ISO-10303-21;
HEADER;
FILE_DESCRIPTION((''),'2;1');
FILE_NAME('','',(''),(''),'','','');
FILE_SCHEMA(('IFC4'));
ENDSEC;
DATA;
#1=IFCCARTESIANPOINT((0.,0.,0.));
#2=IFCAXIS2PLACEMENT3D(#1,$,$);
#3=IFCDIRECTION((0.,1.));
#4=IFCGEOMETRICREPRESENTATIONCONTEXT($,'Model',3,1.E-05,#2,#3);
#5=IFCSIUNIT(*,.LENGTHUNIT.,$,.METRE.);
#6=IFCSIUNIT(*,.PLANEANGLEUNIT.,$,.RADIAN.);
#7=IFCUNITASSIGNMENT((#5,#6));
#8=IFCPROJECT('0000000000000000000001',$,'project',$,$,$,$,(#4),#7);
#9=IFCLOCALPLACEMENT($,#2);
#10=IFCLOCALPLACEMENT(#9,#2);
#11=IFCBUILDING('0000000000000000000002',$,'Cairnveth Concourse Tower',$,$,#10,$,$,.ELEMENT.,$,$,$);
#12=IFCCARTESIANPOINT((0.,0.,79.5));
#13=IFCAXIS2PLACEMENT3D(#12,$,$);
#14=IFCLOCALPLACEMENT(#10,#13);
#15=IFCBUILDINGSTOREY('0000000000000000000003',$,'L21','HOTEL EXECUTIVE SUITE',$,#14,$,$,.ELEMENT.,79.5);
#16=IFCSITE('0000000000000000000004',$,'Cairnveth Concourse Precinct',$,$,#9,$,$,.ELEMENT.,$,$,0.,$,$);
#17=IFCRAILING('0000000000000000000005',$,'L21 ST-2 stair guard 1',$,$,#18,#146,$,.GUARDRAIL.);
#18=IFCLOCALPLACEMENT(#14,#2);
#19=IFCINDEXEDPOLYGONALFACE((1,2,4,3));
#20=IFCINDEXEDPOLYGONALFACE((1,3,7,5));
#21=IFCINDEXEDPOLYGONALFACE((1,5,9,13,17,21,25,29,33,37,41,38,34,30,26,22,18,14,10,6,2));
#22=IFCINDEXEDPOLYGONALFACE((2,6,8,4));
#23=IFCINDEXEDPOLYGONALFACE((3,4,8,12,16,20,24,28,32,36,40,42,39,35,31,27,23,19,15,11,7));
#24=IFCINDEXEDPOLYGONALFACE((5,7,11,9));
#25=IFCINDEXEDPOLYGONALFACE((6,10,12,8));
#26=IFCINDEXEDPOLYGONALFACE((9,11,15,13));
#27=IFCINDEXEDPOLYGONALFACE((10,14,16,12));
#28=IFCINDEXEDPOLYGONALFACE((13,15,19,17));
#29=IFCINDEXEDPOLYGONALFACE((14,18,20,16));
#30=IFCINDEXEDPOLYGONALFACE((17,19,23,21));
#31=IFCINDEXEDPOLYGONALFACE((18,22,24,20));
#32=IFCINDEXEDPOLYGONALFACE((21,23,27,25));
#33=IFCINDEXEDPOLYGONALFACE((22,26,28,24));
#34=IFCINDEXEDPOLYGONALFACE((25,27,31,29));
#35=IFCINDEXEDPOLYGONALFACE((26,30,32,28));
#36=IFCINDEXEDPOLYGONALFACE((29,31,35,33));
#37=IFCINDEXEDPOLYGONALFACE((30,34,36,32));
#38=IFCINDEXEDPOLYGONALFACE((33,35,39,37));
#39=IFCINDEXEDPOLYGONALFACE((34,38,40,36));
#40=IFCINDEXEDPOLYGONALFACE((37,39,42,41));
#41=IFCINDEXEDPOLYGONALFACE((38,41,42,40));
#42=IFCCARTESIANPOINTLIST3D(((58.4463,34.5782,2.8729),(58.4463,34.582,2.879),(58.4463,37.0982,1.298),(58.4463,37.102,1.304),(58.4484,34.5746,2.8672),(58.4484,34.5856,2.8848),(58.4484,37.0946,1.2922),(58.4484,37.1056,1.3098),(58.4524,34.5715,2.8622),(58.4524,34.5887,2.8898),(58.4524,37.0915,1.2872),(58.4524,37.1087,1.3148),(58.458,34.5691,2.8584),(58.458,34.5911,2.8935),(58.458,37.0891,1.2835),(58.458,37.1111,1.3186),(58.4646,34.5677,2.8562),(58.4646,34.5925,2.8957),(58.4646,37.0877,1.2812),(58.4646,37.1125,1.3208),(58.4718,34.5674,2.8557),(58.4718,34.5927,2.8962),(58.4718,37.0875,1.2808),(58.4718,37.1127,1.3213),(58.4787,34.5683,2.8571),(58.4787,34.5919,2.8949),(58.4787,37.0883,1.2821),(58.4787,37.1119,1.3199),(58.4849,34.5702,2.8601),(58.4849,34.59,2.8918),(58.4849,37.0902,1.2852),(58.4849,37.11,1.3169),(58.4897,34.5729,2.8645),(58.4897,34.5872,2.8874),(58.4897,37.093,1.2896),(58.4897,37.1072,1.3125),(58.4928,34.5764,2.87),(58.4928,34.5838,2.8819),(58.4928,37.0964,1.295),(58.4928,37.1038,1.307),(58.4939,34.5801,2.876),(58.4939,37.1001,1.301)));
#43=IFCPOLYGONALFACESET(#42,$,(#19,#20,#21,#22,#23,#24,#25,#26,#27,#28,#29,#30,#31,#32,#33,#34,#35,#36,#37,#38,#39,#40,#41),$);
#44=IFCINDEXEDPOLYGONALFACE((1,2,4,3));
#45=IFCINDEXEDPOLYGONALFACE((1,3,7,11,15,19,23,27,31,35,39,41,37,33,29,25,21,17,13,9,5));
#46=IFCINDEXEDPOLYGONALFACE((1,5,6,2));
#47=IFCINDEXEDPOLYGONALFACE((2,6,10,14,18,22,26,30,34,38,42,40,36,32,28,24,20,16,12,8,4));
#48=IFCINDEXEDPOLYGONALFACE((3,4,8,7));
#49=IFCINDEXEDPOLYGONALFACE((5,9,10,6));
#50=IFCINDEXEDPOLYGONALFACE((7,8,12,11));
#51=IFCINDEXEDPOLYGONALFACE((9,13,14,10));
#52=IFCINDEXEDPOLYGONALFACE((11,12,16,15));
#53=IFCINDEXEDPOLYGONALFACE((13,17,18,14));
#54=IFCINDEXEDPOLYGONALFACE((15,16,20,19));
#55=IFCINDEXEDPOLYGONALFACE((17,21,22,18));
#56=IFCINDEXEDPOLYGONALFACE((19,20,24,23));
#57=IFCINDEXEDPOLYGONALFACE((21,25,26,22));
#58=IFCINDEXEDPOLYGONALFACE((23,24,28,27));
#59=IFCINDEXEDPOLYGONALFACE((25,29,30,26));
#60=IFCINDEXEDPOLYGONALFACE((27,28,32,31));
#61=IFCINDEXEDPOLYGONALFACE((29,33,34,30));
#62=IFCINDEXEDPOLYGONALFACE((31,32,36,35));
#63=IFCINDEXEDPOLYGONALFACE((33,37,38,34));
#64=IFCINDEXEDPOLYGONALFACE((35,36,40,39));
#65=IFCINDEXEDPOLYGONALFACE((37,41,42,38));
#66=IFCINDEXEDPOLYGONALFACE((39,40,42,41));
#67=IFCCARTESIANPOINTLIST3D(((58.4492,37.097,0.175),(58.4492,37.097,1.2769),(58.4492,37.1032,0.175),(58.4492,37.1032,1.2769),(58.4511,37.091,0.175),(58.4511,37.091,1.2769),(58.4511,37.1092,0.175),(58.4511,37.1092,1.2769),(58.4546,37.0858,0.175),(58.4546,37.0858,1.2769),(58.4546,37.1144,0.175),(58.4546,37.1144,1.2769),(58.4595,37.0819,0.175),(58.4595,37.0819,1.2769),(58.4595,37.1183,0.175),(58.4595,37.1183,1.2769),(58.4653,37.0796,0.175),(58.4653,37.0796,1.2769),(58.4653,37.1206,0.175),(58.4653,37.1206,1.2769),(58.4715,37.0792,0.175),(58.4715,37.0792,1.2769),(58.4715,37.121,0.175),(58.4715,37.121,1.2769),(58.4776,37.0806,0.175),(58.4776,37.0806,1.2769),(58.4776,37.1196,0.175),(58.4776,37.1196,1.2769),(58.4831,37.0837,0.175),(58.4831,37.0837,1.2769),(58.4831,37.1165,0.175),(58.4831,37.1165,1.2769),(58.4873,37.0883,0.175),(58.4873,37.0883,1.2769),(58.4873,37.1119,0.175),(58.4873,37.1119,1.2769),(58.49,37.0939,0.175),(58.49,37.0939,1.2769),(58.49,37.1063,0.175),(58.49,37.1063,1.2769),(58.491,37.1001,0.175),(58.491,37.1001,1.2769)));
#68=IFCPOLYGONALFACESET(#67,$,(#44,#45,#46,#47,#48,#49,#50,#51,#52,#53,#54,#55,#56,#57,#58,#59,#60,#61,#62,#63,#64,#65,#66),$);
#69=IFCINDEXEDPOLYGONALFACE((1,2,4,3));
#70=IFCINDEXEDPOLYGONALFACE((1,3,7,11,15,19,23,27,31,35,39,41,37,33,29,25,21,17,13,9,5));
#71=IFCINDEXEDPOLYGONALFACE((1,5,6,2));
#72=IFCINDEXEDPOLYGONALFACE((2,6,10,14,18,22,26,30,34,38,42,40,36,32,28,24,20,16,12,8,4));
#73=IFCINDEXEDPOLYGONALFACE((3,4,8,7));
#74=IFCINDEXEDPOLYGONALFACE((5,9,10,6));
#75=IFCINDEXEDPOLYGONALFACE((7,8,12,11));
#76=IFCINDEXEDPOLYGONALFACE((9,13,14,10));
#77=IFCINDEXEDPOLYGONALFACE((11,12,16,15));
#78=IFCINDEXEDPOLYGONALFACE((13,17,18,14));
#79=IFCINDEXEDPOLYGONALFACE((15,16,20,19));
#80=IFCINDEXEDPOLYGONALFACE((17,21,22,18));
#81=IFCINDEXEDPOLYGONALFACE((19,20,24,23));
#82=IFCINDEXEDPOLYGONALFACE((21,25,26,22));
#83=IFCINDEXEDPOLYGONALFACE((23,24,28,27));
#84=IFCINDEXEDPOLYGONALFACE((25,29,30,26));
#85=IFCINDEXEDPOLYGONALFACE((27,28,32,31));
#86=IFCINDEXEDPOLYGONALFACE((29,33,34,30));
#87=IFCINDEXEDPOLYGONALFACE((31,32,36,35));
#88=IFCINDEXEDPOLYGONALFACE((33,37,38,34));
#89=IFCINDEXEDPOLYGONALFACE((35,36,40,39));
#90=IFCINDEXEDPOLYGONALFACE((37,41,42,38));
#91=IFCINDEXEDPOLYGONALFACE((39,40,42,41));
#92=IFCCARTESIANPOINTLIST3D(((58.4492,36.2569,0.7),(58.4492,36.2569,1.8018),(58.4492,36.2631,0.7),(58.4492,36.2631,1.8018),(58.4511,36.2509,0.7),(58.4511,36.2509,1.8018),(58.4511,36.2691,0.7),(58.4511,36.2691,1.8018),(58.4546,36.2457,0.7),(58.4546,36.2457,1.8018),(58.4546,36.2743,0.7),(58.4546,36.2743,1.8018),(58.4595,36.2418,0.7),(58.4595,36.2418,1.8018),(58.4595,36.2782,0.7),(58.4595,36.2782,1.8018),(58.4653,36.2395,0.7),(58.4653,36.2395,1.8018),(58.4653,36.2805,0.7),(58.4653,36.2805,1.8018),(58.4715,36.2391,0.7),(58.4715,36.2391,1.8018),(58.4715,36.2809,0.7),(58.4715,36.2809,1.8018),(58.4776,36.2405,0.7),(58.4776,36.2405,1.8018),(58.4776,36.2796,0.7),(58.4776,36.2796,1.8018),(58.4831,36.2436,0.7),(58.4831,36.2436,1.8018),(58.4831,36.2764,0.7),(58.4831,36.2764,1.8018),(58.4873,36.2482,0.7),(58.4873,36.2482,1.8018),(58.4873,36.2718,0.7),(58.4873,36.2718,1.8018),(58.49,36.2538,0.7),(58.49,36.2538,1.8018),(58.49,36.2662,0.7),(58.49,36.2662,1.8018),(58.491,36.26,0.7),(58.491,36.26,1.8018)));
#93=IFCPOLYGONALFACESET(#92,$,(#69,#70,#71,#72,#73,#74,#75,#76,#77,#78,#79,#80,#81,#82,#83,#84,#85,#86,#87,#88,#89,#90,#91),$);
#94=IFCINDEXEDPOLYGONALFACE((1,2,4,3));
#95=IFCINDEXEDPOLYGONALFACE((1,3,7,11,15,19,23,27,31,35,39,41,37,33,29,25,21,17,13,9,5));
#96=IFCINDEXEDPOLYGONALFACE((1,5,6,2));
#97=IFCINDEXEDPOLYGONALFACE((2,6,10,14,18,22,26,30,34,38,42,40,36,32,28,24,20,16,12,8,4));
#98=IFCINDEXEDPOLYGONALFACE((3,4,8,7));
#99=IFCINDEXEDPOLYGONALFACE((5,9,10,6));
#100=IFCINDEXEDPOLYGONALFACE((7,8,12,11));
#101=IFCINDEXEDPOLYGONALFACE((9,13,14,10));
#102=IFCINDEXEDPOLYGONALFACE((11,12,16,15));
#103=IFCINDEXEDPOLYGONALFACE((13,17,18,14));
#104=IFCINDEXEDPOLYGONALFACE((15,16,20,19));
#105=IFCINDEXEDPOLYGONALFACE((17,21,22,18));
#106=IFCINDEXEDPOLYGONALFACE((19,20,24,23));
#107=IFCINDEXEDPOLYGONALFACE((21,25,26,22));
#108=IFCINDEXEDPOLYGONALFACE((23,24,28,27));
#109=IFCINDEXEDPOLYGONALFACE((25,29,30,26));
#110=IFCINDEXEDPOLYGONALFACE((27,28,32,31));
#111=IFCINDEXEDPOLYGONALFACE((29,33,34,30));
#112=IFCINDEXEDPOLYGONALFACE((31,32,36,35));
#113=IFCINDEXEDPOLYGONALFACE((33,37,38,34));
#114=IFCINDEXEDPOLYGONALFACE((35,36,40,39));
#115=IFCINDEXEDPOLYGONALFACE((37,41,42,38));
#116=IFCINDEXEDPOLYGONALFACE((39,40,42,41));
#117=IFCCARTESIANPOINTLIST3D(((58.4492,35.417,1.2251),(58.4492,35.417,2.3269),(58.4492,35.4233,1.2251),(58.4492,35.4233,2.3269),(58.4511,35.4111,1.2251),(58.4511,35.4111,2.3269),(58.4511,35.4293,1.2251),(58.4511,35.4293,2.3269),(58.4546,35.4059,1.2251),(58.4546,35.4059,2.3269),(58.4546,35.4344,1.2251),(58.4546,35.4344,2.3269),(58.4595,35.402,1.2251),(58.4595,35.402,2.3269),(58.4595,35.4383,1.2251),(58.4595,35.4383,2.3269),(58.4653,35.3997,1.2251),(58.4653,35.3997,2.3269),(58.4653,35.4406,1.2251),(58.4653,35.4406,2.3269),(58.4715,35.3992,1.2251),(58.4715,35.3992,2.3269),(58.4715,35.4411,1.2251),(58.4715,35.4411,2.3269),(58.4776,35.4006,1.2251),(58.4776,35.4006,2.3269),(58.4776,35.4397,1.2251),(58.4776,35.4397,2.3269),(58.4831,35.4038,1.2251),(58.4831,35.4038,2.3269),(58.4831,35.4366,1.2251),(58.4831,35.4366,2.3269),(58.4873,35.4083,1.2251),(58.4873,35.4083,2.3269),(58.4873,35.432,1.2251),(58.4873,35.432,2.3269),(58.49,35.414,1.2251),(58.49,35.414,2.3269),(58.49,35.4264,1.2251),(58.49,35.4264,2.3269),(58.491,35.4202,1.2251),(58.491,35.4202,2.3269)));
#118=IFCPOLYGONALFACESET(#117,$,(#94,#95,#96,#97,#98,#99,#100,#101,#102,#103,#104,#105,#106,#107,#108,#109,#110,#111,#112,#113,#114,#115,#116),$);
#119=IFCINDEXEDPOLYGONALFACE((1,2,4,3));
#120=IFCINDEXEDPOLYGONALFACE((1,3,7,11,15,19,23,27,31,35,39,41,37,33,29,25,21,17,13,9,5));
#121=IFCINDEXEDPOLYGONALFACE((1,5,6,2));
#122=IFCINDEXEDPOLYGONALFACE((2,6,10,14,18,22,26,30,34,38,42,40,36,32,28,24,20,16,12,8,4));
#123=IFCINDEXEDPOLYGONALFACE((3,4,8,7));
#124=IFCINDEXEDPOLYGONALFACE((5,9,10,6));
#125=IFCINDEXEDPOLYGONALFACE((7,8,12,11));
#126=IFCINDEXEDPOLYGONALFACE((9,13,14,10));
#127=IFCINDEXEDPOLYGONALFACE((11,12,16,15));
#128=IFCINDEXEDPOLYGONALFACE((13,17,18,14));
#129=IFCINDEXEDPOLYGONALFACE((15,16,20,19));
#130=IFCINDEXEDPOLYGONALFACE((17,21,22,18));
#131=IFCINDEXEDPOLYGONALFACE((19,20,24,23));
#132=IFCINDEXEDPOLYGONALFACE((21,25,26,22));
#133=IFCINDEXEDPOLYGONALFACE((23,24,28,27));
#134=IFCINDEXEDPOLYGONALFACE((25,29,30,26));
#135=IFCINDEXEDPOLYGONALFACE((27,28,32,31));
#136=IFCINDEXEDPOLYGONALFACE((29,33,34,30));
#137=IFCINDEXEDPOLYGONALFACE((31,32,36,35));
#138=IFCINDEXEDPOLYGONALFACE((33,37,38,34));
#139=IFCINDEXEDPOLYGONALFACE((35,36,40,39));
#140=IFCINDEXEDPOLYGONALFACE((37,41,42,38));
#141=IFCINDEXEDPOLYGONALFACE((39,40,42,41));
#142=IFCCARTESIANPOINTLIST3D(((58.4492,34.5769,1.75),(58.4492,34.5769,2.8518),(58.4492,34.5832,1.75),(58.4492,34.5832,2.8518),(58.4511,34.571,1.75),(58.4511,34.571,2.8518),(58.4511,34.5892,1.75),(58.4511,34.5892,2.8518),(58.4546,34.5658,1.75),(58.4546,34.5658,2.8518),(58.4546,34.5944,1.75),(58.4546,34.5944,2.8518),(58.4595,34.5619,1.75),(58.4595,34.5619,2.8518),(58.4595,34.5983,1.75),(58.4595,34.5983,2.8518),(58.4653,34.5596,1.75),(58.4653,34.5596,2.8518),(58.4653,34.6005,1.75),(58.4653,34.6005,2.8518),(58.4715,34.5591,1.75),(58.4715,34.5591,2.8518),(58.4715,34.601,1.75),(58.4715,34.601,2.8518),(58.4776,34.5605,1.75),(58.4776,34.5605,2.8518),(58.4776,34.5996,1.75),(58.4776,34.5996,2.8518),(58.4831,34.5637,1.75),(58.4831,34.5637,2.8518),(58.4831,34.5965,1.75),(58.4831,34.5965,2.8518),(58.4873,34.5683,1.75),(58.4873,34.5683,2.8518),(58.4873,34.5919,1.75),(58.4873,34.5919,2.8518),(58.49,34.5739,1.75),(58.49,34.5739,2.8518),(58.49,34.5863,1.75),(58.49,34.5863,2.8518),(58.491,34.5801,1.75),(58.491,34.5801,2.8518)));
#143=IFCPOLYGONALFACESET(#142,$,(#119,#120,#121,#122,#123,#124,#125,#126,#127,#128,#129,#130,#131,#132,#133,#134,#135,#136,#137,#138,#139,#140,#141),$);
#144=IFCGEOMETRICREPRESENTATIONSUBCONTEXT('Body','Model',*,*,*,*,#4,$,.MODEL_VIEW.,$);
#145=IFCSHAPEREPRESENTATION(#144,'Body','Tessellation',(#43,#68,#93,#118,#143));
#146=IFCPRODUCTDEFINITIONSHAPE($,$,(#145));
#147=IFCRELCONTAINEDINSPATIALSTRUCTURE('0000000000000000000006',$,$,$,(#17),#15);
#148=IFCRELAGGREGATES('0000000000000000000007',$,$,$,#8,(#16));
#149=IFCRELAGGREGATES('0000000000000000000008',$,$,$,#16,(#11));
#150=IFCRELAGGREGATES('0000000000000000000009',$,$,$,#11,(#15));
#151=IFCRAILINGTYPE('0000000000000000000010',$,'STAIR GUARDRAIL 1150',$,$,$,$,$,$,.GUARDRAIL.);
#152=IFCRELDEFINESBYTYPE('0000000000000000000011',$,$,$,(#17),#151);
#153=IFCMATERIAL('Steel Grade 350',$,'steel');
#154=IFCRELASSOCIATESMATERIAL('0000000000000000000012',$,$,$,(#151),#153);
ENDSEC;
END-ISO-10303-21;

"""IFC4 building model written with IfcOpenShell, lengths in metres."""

from ifc_helpers import new_model, si_unit, direction, frame, origin, origin_2d, place, context, subcontext, project, spatial, circle, extrude, material, type_object, element, save


model = new_model("IFC4")

# Units and contexts
model_context = context("Model", 3, precision=1e-05, world=origin(), true_north=direction((0.0, 1.0)))
body_context = subcontext(model_context, "Body", "Model", "MODEL_VIEW")
ifc_project = project(units=[si_unit("LENGTHUNIT", "METRE"), si_unit("PLANEANGLEUNIT", "RADIAN")], contexts=[model_context])

# Site, building, storey
site_placement = place(None, origin())
site = spatial("IfcSite", under=ifc_project, at=site_placement, Name="Cairnveth Concourse Precinct", CompositionType="ELEMENT", RefElevation=0.0)
building_placement = place(site_placement, origin())
building = spatial("IfcBuilding", under=site, at=building_placement, Name="Cairnveth Concourse Tower", CompositionType="ELEMENT")
storey_placement = place(building_placement, frame((0.0, 0.0, 79.5)))
storey = spatial("IfcBuildingStorey", under=building, at=storey_placement, Name="L21", Description="HOTEL EXECUTIVE SUITE", CompositionType="ELEMENT", Elevation=79.5)

# Shared definitions
ifc_material_1 = material(Name="Steel Grade 350", Category="steel")

# Railing
railing_type_1 = type_object("IfcRailingType", Name="STAIR GUARDRAIL 1150", PredefinedType="GUARDRAIL", material=ifc_material_1)
railing_1_placement = place(storey_placement, frame((58.47, 37.1001, 0.175)))
element("IfcRailing", 1, at=railing_1_placement, inside=storey, type_object=railing_type_1, Name="L21 ST-2 stair guard 1", PredefinedType="GUARDRAIL", context=body_context, shape_type="SweptSolid", body=[
    extrude(circle(Radius=0.0239, at=origin_2d()), frame((0.0, 0.0, 1.126), z_axis=(0.0, -0.848008, 0.529984), x_axis=(1.0, 0.0, 0.0)), (0.0, 0.0, 1.0), 2.9717),
    extrude(circle(Radius=0.021, at=origin_2d()), origin(), (0.0, 0.0, 1.0), 1.1018),
    extrude(circle(Radius=0.021, at=origin_2d()), frame((0.0, -0.8401, 0.5249)), (0.0, 0.0, 1.0), 1.1018),
    extrude(circle(Radius=0.021, at=origin_2d()), frame((0.0, -1.6799, 1.05)), (0.0, 0.0, 1.0), 1.1018),
    extrude(circle(Radius=0.021, at=origin_2d()), frame((0.0, -2.52, 1.575)), (0.0, 0.0, 1.0), 1.1018),
])

save(model, "model.ifc")
